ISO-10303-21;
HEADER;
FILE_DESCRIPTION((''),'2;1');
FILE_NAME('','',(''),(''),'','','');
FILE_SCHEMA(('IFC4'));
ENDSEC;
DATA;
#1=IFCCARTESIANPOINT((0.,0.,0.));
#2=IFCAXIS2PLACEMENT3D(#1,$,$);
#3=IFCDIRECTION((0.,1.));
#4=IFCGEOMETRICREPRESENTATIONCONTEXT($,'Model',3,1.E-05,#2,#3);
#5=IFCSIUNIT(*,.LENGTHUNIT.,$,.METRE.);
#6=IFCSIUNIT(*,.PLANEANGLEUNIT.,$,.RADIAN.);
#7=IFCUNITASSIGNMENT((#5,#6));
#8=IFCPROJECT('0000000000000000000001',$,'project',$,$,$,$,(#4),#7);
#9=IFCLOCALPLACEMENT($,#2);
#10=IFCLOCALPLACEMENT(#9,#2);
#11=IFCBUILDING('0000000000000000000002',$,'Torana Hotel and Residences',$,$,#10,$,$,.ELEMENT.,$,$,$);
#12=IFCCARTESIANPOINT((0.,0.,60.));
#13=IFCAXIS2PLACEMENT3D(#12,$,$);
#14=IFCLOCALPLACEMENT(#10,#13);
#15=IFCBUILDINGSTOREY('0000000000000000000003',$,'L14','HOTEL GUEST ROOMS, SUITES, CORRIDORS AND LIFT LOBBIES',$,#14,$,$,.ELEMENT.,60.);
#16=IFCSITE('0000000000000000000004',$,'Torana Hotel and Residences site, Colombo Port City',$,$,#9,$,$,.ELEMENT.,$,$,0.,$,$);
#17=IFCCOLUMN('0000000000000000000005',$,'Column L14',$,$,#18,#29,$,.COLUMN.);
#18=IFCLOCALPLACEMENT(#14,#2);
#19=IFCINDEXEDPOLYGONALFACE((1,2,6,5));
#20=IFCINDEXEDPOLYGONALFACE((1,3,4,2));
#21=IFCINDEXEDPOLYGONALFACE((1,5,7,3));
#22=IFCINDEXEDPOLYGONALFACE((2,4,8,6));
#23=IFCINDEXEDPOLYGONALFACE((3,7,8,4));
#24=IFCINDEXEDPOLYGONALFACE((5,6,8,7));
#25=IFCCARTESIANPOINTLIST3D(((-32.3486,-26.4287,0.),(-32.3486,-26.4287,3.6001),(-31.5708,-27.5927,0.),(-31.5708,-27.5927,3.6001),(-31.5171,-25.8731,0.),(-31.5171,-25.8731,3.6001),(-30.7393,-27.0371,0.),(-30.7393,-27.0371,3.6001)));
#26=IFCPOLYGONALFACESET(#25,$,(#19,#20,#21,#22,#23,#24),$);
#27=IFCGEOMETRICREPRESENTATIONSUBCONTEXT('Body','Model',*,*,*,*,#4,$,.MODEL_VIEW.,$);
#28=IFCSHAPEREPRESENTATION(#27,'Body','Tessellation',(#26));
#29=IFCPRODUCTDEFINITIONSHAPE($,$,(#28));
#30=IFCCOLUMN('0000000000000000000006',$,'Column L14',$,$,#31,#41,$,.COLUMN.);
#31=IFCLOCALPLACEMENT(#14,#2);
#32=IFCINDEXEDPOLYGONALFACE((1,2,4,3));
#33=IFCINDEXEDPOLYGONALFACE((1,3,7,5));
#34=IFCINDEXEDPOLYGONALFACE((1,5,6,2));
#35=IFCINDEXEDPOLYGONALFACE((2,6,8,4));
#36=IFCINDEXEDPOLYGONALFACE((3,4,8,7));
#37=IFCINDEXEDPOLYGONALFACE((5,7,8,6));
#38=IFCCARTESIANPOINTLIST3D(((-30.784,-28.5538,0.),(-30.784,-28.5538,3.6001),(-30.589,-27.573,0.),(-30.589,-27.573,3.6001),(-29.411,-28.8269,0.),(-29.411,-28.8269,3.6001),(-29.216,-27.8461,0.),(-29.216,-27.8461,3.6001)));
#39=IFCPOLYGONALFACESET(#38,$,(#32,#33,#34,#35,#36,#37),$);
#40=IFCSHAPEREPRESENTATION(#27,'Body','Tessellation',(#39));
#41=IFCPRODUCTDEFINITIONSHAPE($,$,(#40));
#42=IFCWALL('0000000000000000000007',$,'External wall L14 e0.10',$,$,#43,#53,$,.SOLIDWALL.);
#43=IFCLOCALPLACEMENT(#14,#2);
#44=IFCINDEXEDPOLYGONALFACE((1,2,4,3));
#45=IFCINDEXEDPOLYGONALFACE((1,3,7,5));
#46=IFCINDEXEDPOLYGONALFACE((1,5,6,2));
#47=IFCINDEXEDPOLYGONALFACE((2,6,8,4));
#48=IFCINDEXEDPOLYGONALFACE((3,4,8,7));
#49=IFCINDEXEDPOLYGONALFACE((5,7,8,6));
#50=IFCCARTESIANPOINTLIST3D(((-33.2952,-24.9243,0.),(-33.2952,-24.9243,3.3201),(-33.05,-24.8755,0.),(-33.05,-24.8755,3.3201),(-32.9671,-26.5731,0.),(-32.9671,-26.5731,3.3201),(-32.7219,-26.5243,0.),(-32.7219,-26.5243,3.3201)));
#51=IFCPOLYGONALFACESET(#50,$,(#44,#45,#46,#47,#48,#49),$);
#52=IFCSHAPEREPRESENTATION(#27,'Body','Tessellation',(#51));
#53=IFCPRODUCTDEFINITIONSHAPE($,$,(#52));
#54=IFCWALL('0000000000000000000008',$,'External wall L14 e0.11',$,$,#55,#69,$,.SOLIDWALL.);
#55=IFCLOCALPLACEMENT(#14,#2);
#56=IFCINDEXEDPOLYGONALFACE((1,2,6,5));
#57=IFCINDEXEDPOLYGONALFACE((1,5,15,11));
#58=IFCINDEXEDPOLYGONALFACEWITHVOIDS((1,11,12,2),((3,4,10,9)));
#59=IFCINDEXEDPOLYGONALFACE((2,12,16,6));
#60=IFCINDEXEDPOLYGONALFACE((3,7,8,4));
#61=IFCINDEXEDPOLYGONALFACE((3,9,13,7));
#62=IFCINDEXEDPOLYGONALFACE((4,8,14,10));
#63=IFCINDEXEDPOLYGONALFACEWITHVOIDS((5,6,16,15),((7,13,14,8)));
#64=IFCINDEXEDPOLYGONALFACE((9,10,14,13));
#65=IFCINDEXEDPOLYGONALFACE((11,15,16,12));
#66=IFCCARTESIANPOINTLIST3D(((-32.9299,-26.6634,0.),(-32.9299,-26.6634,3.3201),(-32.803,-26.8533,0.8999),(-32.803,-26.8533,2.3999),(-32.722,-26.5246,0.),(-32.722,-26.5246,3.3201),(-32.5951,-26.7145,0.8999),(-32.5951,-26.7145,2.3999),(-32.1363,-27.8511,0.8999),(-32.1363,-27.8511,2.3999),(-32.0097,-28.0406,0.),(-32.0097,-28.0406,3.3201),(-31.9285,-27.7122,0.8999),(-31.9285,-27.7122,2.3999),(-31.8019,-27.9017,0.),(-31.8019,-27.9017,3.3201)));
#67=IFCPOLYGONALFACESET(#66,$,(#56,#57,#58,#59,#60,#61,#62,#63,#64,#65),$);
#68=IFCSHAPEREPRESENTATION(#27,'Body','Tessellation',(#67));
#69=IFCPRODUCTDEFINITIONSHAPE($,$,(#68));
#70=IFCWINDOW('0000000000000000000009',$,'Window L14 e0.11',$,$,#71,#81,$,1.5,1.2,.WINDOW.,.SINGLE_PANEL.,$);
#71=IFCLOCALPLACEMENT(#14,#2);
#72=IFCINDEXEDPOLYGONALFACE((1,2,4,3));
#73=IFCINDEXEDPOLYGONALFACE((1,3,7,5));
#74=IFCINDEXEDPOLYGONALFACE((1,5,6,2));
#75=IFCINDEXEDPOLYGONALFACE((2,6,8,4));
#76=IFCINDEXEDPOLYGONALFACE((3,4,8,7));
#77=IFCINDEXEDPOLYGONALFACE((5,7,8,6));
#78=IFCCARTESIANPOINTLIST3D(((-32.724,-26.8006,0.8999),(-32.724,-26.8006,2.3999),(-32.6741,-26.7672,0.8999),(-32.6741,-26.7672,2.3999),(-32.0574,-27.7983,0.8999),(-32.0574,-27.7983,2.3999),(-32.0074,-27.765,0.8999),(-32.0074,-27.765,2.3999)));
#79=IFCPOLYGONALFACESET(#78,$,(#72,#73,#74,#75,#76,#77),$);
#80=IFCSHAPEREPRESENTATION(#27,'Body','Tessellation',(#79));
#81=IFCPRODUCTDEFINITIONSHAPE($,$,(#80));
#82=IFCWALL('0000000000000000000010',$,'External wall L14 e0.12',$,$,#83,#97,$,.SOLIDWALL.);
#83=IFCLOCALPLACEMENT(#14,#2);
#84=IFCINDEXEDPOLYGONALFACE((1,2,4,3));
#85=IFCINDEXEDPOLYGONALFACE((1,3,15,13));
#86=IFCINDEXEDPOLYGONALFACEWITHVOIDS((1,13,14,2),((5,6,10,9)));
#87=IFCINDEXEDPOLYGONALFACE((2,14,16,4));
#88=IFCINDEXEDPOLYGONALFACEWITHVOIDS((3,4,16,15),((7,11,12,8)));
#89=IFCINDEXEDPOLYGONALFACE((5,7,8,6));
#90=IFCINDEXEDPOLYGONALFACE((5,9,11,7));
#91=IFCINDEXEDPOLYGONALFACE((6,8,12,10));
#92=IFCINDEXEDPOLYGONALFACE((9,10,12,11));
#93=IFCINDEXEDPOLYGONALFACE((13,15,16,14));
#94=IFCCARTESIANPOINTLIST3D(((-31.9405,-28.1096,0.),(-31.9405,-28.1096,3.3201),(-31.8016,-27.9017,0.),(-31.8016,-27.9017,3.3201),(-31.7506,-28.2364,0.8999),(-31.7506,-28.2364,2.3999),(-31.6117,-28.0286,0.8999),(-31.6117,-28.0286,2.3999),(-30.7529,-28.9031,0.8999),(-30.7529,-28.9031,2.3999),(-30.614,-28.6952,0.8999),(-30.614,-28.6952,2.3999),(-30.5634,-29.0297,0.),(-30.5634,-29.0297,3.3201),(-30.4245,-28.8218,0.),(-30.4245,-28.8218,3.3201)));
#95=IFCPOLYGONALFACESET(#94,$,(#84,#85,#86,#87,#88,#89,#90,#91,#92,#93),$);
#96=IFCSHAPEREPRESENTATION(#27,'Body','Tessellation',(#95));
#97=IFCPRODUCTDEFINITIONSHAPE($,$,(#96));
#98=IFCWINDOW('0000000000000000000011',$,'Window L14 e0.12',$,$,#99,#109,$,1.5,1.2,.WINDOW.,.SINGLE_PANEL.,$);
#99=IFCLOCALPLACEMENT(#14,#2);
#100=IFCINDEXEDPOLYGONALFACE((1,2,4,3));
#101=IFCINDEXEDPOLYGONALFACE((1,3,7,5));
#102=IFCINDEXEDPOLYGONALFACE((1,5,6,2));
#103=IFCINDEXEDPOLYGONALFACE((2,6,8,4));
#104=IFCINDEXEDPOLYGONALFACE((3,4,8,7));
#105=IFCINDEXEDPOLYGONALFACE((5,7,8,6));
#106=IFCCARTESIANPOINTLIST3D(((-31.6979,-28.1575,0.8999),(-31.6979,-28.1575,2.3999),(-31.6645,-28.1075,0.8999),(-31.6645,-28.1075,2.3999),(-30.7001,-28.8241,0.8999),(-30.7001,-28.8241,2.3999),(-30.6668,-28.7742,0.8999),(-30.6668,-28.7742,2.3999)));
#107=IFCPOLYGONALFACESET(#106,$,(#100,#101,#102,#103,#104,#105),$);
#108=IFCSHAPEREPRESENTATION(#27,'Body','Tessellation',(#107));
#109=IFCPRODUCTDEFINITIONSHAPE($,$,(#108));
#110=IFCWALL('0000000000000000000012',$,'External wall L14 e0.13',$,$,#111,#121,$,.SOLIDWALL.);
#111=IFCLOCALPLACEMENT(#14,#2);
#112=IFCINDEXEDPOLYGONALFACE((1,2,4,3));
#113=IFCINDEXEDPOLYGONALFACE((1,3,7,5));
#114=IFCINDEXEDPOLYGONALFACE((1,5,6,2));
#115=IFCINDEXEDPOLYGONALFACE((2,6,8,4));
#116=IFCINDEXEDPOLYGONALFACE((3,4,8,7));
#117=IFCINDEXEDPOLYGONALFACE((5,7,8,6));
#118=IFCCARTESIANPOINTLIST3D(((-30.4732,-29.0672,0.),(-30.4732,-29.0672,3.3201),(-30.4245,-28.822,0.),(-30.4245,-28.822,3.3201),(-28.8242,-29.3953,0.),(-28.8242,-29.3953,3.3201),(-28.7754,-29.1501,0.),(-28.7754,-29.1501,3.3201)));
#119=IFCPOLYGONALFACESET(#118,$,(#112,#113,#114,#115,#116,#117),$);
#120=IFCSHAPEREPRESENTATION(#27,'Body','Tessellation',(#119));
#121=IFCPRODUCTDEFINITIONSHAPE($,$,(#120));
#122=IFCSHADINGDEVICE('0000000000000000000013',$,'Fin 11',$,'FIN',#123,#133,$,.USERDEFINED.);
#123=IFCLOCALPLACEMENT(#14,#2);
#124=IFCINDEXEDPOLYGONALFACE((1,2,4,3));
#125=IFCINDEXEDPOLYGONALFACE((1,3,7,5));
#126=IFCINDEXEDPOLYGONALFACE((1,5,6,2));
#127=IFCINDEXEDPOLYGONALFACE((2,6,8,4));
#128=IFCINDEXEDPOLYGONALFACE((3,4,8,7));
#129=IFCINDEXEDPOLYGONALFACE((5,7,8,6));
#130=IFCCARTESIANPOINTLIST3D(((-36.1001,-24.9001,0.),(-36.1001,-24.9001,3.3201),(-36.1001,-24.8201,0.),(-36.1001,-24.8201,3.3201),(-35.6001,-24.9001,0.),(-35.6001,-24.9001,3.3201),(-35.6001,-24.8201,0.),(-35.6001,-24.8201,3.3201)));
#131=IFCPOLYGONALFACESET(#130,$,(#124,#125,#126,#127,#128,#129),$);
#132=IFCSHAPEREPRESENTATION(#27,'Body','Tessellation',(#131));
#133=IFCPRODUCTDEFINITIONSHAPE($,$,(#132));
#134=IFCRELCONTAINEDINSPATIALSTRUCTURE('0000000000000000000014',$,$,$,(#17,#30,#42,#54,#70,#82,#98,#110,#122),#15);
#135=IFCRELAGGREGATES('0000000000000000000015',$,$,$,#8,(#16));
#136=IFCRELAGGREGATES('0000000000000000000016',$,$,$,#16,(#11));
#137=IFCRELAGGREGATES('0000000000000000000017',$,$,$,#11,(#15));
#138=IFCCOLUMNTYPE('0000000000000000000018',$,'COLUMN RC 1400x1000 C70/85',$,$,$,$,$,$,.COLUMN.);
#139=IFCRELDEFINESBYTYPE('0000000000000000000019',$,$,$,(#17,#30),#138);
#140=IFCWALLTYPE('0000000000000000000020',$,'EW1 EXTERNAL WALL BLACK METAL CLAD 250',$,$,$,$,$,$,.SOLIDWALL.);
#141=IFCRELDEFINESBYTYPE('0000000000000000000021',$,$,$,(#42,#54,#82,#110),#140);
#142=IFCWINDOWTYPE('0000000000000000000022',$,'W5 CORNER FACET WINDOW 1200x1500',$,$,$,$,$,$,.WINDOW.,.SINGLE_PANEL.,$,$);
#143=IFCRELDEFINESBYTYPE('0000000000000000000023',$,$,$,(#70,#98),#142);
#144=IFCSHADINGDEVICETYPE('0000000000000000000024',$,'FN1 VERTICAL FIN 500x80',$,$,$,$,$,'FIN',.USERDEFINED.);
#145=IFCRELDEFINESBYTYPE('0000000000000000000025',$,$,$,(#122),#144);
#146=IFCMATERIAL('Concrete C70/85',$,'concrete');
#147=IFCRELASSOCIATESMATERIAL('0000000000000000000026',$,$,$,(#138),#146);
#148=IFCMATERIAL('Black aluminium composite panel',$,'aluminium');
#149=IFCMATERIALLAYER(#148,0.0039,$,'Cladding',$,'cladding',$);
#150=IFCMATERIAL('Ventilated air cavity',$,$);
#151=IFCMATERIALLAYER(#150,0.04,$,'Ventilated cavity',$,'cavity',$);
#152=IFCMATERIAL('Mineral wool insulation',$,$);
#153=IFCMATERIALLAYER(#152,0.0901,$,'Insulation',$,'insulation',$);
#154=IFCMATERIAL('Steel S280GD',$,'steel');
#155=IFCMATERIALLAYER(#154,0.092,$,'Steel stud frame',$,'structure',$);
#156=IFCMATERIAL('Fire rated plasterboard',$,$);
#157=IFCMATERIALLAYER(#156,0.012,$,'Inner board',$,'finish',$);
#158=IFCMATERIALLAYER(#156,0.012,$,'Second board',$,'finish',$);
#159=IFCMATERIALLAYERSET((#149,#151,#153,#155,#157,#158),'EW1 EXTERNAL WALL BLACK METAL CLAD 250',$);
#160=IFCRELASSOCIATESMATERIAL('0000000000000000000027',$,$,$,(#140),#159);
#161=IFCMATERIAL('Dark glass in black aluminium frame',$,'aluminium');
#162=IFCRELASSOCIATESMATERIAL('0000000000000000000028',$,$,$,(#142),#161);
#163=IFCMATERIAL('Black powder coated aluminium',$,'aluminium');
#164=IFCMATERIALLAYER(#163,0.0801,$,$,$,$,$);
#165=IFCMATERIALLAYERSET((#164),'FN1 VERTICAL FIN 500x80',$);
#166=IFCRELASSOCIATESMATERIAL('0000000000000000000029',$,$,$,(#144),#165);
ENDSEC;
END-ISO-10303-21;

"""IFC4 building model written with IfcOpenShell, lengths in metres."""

from ifc_helpers import new_model, si_unit, direction, frame, frame_2d, origin, origin_2d, place, context, subcontext, project, spatial, rectangle, extrude, material, layer, layer_set, material_profile, profile_set, type_object, element, fill, save


model = new_model("IFC4")

# Units and contexts
model_context = context("Model", 3, precision=1e-05, world=origin(), true_north=direction((0.0, 1.0)))
body_context = subcontext(model_context, "Body", "Model", "MODEL_VIEW")
ifc_project = project(units=[si_unit("LENGTHUNIT", "METRE"), si_unit("PLANEANGLEUNIT", "RADIAN")], contexts=[model_context])

# Site, building, storey
site_placement = place(None, origin())
site = spatial("IfcSite", under=ifc_project, at=site_placement, Name="Torana Hotel and Residences site, Colombo Port City", CompositionType="ELEMENT", RefElevation=0.0)
building_placement = place(site_placement, origin())
building = spatial("IfcBuilding", under=site, at=building_placement, Name="Torana Hotel and Residences", CompositionType="ELEMENT")
storey_placement = place(building_placement, frame((0.0, 0.0, 60.0)))
storey = spatial("IfcBuildingStorey", under=building, at=storey_placement, Name="L14", Description="HOTEL GUEST ROOMS, SUITES, CORRIDORS AND LIFT LOBBIES", CompositionType="ELEMENT", Elevation=60.0)

# Columns
ifc_material_1 = material(Name="Concrete C70/85", Category="concrete")
ifc_material_profile = material_profile(ifc_material_1, rectangle(XDim=1.3999, YDim=1.0, at=origin_2d()), Name="RC 1400x1000")
ifc_profile_set = profile_set([ifc_material_profile], Name="Concrete C70/85")
column_type = type_object("IfcColumnType", Name="COLUMN RC 1400x1000 C70/85", PredefinedType="COLUMN", material=ifc_profile_set)
for number, where, z_axis, x_axis, name in (
    (1, (-31.5439, -26.7329, 0.0), (0.0, 0.0, 1.0), (-0.555585, 0.83146, 0.0), "Column L14"),
    (2, (-30.0, -28.2, 0.0), (0.0, 0.0, 1.0), (-0.980792, 0.195056, 0.0), "Column L14"),
):
    element("IfcColumn", number, at=place(storey_placement, frame(where, z_axis=z_axis, x_axis=x_axis)), inside=storey, type_object=column_type, Name=name, PredefinedType="COLUMN", context=body_context, shape_type="SweptSolid", body=[
        extrude(rectangle(XDim=1.3999, YDim=1.0, at=origin_2d()), origin(), (0.0, 0.0, 1.0), 3.6001),
    ])

# Wall
ifc_material_2 = material(Name="Black aluminium composite panel", Category="aluminium")
ifc_layer_1 = layer(ifc_material_2, 0.0039, Name="Cladding", Category="cladding")
ifc_material_3 = material(Name="Ventilated air cavity")
ifc_layer_2 = layer(ifc_material_3, 0.04, Name="Ventilated cavity", Category="cavity")
ifc_material_4 = material(Name="Mineral wool insulation")
ifc_layer_3 = layer(ifc_material_4, 0.0901, Name="Insulation", Category="insulation")
ifc_material_5 = material(Name="Steel S280GD", Category="steel")
ifc_layer_4 = layer(ifc_material_5, 0.092, Name="Steel stud frame", Category="structure")
ifc_material_6 = material(Name="Fire rated plasterboard")
ifc_layer_5 = layer(ifc_material_6, 0.012, Name="Inner board", Category="finish")
ifc_layer_6 = layer(ifc_material_6, 0.012, Name="Second board", Category="finish")
ifc_layer_set_1 = layer_set([ifc_layer_1, ifc_layer_2, ifc_layer_3, ifc_layer_4, ifc_layer_5, ifc_layer_6], Name="EW1 EXTERNAL WALL BLACK METAL CLAD 250")
wall_type = type_object("IfcWallType", Name="EW1 EXTERNAL WALL BLACK METAL CLAD 250", PredefinedType="SOLIDWALL", material=ifc_layer_set_1)
wall_1_placement = place(storey_placement, frame((-33.1726, -24.8999, 0.0), z_axis=(0.0, 0.0, 1.0), x_axis=(0.195167, -0.98077, 0.0)))
element("IfcWall", 3, at=wall_1_placement, inside=storey, type_object=wall_type, Name="External wall L14 e0.10", PredefinedType="SOLIDWALL", context=body_context, shape_type="SweptSolid", body=[
    extrude(rectangle(XDim=1.6812, YDim=0.25, at=frame_2d((0.8406, 0.0))), origin(), (0.0, 0.0, 1.0), 3.3201),
])

# Walls, openings, windows
wall_2_placement = place(storey_placement, frame((-32.8259, -26.594, 0.0), z_axis=(0.0, 0.0, 1.0), x_axis=(0.55555, -0.831483, 0.0)))
wall_2 = element("IfcWall", 4, at=wall_2_placement, inside=storey, type_object=wall_type, Name="External wall L14 e0.11", PredefinedType="SOLIDWALL", context=body_context, shape_type="SweptSolid", body=[
    extrude(rectangle(XDim=1.6562, YDim=0.25, at=frame_2d((0.8281, 0.0))), origin(), (0.0, 0.0, 1.0), 3.3201),
])
opening_1_placement = place(wall_2_placement, frame((0.2283, 0.0, 0.8999)))
opening_1 = element("IfcOpeningElement", 5, at=opening_1_placement, cuts=wall_2, PredefinedType="OPENING", context=body_context, shape_type="SweptSolid", body=[
    extrude(rectangle(XDim=1.2, YDim=1.5, at=frame_2d((0.6001, 0.75))), frame((0.0, 0.135, 0.0), z_axis=(0.0, -1.0, 0.0), x_axis=(1.0, 0.0, 0.0)), (0.0, 0.0, 1.0), 0.27),
])
ifc_material_7 = material(Name="Dark glass in black aluminium frame", Category="aluminium")
window_type = type_object("IfcWindowType", Name="W5 CORNER FACET WINDOW 1200x1500", PartitioningType="SINGLE_PANEL", PredefinedType="WINDOW", material=ifc_material_7)
window_1_placement = place(opening_1_placement, origin())
window_1 = element("IfcWindow", 6, at=window_1_placement, inside=storey, type_object=window_type, Name="Window L14 e0.11", OverallHeight=1.5, OverallWidth=1.2, PartitioningType="SINGLE_PANEL", PredefinedType="WINDOW", context=body_context, shape_type="SweptSolid", body=[
    extrude(rectangle(XDim=1.2, YDim=1.5, at=frame_2d((0.6001, 0.75))), frame((0.0, 0.03, 0.0), z_axis=(0.0, -1.0, 0.0), x_axis=(1.0, 0.0, 0.0)), (0.0, 0.0, 1.0), 0.0601),
])
fill(opening_1, window_1)
wall_3_placement = place(storey_placement, frame((-31.8711, -28.0056, 0.0), z_axis=(0.0, 0.0, 1.0), x_axis=(0.831483, -0.55555, 0.0)))
wall_3 = element("IfcWall", 7, at=wall_3_placement, inside=storey, type_object=wall_type, Name="External wall L14 e0.12", PredefinedType="SOLIDWALL", context=body_context, shape_type="SweptSolid", body=[
    extrude(rectangle(XDim=1.6562, YDim=0.25, at=frame_2d((0.8281, 0.0))), origin(), (0.0, 0.0, 1.0), 3.3201),
])
opening_2_placement = place(wall_3_placement, frame((0.2283, 0.0, 0.8999)))
opening_2 = element("IfcOpeningElement", 8, at=opening_2_placement, cuts=wall_3, PredefinedType="OPENING", context=body_context, shape_type="SweptSolid", body=[
    extrude(rectangle(XDim=1.2, YDim=1.5, at=frame_2d((0.6001, 0.75))), frame((0.0, 0.135, 0.0), z_axis=(0.0, -1.0, 0.0), x_axis=(1.0, 0.0, 0.0)), (0.0, 0.0, 1.0), 0.27),
])
window_2_placement = place(opening_2_placement, origin())
window_2 = element("IfcWindow", 9, at=window_2_placement, inside=storey, type_object=window_type, Name="Window L14 e0.12", OverallHeight=1.5, OverallWidth=1.2, PartitioningType="SINGLE_PANEL", PredefinedType="WINDOW", context=body_context, shape_type="SweptSolid", body=[
    extrude(rectangle(XDim=1.2, YDim=1.5, at=frame_2d((0.6001, 0.75))), frame((0.0, 0.03, 0.0), z_axis=(0.0, -1.0, 0.0), x_axis=(1.0, 0.0, 0.0)), (0.0, 0.0, 1.0), 0.0601),
])
fill(opening_2, window_2)

# Wall
wall_4_placement = place(storey_placement, frame((-30.449, -28.9446, 0.0), z_axis=(0.0, 0.0, 1.0), x_axis=(0.980776, -0.195139, 0.0)))
element("IfcWall", 10, at=wall_4_placement, inside=storey, type_object=wall_type, Name="External wall L14 e0.13", PredefinedType="SOLIDWALL", context=body_context, shape_type="SweptSolid", body=[
    extrude(rectangle(XDim=1.6814, YDim=0.25, at=frame_2d((0.8408, 0.0))), origin(), (0.0, 0.0, 1.0), 3.3201),
])

# Shading device
ifc_material_8 = material(Name="Black powder coated aluminium", Category="aluminium")
ifc_layer_7 = layer(ifc_material_8, 0.0801)
ifc_layer_set_2 = layer_set([ifc_layer_7], Name="FN1 VERTICAL FIN 500x80")
shading_device_type = type_object("IfcShadingDeviceType", Name="FN1 VERTICAL FIN 500x80", ElementType="FIN", PredefinedType="USERDEFINED", material=ifc_layer_set_2)
shading_device_placement = place(storey_placement, frame((-35.8501, -24.8601, 0.0), z_axis=(0.0, 0.0, 1.0), x_axis=(0.0, 1.0, 0.0)))
element("IfcShadingDevice", 11, at=shading_device_placement, inside=storey, type_object=shading_device_type, Name="Fin 11", ObjectType="FIN", PredefinedType="USERDEFINED", context=body_context, shape_type="SweptSolid", body=[
    extrude(rectangle(XDim=0.0801, YDim=0.5, at=origin_2d()), origin(), (0.0, 0.0, 1.0), 3.3201),
])

save(model, "model.ifc")
